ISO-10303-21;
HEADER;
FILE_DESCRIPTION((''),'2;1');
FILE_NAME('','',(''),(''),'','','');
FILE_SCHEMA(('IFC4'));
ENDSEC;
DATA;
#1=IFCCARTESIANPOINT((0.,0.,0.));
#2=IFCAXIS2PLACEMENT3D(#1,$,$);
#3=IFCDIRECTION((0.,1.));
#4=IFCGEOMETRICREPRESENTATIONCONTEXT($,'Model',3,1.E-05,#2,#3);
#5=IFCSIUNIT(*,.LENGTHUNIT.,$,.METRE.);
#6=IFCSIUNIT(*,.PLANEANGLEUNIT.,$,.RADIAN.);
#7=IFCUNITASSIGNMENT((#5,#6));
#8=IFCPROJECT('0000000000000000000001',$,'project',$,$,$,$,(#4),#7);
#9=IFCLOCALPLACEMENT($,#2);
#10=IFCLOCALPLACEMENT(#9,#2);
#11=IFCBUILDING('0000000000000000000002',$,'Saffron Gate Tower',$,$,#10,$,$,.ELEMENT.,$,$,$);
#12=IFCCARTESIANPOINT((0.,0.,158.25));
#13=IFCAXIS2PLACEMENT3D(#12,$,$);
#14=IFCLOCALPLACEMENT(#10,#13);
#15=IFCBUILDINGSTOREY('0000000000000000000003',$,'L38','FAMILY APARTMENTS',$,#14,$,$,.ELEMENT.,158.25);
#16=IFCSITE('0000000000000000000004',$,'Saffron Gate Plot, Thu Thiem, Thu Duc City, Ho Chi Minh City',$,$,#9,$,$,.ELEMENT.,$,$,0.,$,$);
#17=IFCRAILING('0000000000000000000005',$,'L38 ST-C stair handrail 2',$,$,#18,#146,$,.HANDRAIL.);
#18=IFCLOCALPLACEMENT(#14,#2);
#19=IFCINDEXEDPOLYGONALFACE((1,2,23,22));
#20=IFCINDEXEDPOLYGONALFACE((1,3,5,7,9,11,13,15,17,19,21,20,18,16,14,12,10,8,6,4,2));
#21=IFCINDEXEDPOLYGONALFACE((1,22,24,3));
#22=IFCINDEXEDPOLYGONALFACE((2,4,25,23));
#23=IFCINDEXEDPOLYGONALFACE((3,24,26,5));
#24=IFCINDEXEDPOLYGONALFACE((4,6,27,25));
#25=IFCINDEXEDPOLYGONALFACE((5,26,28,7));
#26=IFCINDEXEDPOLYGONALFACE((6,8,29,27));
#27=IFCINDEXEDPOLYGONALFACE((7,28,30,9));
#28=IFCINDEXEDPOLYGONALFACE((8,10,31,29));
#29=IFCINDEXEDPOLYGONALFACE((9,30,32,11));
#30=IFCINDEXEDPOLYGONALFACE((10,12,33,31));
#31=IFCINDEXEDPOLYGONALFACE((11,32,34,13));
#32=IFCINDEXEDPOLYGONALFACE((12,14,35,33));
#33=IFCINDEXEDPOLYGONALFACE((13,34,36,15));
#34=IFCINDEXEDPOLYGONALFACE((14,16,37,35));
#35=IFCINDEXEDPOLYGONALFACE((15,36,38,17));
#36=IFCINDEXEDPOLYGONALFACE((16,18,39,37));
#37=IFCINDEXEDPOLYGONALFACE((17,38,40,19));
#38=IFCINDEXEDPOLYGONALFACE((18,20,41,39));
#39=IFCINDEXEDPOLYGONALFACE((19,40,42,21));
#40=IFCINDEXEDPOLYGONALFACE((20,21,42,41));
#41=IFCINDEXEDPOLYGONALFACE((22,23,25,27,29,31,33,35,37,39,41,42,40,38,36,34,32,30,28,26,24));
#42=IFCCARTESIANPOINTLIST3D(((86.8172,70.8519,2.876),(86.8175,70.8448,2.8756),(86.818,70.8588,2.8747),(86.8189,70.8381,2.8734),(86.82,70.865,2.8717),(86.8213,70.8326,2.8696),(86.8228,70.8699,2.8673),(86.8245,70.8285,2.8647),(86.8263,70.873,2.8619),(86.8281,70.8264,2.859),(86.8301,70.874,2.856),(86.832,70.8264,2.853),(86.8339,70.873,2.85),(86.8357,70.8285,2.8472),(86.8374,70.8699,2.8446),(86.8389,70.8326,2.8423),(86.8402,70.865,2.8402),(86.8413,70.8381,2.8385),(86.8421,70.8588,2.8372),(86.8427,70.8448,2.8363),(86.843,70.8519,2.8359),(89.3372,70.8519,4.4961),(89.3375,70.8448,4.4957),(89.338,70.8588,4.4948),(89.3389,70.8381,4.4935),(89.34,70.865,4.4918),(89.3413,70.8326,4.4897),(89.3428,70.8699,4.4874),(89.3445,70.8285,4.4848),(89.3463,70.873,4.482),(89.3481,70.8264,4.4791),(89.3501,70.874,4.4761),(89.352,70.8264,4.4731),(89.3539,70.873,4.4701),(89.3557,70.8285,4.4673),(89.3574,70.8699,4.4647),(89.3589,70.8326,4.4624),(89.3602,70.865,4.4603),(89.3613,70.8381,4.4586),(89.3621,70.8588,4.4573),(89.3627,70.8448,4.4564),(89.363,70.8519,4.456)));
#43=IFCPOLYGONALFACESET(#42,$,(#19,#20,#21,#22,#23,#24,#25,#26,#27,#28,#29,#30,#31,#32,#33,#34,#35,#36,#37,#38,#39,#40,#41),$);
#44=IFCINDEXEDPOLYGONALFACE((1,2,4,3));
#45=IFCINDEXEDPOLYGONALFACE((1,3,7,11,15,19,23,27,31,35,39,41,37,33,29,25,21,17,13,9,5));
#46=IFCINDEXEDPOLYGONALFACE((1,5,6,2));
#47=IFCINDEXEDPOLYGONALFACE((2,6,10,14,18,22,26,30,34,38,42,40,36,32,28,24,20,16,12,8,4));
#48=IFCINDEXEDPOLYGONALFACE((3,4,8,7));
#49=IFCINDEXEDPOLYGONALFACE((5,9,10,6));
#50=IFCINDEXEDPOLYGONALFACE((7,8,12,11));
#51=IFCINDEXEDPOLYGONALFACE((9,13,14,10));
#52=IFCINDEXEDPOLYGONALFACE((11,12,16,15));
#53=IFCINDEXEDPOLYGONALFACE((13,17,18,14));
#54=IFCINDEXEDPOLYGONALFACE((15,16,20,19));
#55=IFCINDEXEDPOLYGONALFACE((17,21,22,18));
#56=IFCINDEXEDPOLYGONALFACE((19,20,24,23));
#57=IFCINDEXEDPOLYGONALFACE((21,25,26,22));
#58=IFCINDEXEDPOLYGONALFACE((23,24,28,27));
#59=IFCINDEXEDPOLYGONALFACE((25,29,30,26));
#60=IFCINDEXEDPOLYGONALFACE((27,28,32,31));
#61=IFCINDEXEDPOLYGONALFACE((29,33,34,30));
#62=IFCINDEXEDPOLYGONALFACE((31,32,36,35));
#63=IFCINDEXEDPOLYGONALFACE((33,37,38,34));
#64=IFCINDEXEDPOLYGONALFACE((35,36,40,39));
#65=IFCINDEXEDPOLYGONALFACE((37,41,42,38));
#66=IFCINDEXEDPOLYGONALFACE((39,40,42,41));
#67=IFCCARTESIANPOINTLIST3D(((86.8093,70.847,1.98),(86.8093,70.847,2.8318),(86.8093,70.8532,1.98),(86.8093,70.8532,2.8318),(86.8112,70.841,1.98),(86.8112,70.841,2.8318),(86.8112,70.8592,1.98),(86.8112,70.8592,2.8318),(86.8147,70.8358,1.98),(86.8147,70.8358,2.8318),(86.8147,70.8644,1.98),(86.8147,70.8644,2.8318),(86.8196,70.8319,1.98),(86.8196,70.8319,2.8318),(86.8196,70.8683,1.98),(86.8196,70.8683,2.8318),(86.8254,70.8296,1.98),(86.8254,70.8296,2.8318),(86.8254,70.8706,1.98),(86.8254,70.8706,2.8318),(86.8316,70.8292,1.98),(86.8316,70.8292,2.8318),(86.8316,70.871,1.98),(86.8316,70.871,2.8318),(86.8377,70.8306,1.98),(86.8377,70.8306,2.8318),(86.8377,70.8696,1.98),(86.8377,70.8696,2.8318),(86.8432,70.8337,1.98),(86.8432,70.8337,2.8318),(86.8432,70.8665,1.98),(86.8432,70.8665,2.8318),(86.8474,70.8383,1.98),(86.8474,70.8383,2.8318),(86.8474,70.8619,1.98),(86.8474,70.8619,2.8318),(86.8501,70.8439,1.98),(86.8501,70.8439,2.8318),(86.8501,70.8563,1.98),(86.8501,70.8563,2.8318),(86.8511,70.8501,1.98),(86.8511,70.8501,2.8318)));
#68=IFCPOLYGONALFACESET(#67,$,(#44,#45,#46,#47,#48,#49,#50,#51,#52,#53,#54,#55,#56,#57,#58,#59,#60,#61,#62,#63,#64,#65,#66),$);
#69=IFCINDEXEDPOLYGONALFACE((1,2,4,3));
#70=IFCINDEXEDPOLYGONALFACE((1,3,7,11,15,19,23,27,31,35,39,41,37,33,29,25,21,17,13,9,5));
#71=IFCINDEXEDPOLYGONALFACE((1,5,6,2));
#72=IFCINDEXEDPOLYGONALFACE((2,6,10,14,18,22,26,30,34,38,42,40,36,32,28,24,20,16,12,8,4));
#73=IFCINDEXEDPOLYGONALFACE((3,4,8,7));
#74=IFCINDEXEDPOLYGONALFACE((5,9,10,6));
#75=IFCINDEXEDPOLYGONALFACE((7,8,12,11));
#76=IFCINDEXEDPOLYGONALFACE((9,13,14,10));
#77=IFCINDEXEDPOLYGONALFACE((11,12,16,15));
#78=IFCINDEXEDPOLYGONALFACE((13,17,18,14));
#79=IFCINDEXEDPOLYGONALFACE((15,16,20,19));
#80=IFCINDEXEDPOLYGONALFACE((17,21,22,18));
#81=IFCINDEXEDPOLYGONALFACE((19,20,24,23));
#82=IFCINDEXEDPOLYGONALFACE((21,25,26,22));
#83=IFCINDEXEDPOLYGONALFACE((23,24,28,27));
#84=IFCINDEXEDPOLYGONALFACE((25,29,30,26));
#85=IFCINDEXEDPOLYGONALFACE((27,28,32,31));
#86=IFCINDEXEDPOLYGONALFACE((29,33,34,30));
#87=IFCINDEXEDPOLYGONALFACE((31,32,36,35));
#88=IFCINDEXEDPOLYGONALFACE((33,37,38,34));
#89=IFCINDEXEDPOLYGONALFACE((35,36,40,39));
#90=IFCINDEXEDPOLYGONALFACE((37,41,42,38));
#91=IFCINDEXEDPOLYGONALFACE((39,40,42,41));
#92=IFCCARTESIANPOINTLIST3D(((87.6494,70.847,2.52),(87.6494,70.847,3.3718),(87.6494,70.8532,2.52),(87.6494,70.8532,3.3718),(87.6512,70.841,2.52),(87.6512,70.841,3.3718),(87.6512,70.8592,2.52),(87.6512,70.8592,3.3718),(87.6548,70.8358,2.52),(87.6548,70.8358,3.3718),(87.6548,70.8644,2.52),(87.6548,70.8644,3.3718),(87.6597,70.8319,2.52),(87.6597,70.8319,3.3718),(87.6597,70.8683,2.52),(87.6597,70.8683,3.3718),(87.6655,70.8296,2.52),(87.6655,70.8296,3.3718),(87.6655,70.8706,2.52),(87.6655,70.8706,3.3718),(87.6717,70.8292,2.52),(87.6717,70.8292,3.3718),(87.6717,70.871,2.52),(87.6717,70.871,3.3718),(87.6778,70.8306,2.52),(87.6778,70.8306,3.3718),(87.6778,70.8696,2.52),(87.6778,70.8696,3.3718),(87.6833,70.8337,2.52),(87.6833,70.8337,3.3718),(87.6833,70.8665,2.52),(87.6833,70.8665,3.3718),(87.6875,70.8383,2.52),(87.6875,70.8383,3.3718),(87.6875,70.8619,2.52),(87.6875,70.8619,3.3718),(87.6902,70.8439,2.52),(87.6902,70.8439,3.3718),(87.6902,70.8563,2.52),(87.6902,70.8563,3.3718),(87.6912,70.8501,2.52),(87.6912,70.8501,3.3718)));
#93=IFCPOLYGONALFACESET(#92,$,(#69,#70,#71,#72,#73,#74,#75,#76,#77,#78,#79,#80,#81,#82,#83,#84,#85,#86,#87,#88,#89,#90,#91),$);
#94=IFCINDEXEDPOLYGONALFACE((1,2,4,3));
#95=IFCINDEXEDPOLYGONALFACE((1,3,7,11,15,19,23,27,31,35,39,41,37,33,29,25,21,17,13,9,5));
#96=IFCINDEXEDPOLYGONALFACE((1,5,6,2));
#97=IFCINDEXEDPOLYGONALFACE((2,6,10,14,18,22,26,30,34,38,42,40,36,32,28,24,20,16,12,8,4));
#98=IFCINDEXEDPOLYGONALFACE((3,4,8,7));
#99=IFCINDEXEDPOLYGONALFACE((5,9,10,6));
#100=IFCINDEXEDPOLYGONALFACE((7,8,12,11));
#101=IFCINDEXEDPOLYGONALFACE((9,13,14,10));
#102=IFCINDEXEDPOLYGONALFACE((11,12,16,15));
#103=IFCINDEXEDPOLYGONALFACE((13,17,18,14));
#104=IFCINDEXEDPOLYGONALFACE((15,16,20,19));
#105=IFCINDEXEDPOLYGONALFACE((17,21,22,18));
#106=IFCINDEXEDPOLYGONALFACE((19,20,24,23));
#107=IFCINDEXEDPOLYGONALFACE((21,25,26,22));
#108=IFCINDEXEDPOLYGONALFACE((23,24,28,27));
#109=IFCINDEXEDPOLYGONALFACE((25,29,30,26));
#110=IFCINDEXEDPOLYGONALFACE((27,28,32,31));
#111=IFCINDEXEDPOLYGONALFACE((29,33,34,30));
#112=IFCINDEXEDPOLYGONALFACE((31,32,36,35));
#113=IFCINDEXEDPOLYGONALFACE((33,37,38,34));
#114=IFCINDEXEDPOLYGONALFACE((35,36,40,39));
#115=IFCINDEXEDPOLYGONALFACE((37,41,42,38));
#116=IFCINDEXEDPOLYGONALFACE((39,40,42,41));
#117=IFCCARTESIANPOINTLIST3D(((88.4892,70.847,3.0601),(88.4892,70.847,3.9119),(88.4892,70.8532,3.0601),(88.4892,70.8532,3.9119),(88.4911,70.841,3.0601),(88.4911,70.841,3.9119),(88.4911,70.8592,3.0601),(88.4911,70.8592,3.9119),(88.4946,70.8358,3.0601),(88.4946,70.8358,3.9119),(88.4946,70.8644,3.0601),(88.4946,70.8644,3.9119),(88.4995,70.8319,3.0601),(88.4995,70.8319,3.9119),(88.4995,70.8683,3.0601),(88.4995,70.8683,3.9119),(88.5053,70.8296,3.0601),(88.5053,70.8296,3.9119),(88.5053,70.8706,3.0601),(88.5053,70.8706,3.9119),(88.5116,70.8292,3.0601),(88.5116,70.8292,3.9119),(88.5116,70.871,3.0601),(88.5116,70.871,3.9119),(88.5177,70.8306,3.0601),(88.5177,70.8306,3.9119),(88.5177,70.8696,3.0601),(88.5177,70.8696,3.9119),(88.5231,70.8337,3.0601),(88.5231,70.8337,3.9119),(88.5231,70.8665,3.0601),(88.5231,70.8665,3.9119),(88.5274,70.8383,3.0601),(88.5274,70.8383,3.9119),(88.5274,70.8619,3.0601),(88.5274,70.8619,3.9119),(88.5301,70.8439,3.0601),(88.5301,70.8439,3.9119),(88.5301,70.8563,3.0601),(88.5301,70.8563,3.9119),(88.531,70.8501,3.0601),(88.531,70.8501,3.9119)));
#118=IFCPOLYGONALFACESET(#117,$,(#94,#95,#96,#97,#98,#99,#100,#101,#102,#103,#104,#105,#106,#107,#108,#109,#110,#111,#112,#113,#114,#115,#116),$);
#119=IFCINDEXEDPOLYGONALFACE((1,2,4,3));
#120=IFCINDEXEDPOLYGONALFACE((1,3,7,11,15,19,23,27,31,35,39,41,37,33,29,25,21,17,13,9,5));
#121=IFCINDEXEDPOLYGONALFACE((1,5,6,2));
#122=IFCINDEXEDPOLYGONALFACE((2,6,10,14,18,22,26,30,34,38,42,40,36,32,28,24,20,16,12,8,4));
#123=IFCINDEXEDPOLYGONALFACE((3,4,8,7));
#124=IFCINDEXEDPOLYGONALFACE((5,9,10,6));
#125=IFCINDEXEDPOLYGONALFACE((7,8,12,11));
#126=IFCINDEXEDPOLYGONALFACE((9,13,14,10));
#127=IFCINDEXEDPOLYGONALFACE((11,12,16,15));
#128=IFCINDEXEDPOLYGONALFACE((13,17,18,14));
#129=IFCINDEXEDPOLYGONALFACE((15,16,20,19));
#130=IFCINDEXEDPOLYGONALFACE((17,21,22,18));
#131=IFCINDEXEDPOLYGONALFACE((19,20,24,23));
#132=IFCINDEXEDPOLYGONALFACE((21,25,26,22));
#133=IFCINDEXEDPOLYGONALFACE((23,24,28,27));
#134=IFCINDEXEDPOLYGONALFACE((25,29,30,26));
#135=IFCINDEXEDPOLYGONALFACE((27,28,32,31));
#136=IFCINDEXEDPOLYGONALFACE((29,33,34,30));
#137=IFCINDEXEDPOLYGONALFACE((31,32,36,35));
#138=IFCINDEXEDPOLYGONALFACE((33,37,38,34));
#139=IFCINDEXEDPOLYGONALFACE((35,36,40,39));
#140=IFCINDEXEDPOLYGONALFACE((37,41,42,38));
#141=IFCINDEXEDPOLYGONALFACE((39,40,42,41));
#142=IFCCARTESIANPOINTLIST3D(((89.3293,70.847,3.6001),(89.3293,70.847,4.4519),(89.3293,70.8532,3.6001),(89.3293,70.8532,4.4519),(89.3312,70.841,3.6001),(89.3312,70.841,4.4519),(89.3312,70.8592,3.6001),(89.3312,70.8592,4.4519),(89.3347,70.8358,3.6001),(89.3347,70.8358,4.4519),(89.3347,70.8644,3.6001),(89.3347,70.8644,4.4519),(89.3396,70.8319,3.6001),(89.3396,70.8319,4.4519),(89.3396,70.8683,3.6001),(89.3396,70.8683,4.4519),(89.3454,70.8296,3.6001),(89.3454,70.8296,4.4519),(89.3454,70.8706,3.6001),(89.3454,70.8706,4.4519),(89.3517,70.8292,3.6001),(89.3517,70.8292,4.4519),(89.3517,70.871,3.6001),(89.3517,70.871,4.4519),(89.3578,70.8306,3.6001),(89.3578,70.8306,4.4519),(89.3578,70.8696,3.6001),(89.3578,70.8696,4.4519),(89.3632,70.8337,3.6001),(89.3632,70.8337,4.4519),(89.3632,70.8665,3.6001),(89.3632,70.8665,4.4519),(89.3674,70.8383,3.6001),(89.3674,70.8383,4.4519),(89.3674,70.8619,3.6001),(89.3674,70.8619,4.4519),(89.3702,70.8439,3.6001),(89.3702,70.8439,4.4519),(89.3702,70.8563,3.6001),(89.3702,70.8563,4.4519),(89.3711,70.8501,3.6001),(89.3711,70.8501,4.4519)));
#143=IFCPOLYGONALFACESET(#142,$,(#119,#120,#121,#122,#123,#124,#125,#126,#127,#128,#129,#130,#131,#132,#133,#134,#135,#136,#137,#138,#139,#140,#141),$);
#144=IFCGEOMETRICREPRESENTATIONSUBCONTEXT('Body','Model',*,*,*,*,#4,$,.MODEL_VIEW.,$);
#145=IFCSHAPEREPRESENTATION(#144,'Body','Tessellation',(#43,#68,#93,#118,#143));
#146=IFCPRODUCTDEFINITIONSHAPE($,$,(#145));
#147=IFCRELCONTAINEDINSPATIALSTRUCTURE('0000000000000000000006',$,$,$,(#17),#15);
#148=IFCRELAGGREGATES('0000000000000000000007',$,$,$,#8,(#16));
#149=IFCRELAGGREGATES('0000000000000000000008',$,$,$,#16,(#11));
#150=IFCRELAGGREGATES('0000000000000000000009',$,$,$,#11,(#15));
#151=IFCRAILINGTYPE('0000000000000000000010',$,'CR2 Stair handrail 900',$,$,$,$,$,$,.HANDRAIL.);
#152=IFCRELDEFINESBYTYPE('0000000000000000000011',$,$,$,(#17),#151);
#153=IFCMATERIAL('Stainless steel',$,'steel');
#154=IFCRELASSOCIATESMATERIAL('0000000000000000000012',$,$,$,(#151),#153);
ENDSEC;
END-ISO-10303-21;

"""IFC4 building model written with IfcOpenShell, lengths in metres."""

from ifc_helpers import new_model, si_unit, direction, frame, origin, origin_2d, place, context, subcontext, project, spatial, circle, extrude, material, type_object, element, save


model = new_model("IFC4")

# Units and contexts
model_context = context("Model", 3, precision=1e-05, world=origin(), true_north=direction((0.0, 1.0)))
body_context = subcontext(model_context, "Body", "Model", "MODEL_VIEW")
ifc_project = project(units=[si_unit("LENGTHUNIT", "METRE"), si_unit("PLANEANGLEUNIT", "RADIAN")], contexts=[model_context])

# Site, building, storey
site_placement = place(None, origin())
site = spatial("IfcSite", under=ifc_project, at=site_placement, Name="Saffron Gate Plot, Thu Thiem, Thu Duc City, Ho Chi Minh City", CompositionType="ELEMENT", RefElevation=0.0)
building_placement = place(site_placement, origin())
building = spatial("IfcBuilding", under=site, at=building_placement, Name="Saffron Gate Tower", CompositionType="ELEMENT")
storey_placement = place(building_placement, frame((0.0, 0.0, 158.25)))
storey = spatial("IfcBuildingStorey", under=building, at=storey_placement, Name="L38", Description="FAMILY APARTMENTS", CompositionType="ELEMENT", Elevation=158.25)

# Railing
ifc_material_1 = material(Name="Stainless steel", Category="steel")
railing_type_1 = type_object("IfcRailingType", Name="CR2 Stair handrail 900", PredefinedType="HANDRAIL", material=ifc_material_1)
railing_1_placement = place(storey_placement, frame((86.8301, 70.8501, 1.98)))
element("IfcRailing", 1, at=railing_1_placement, inside=storey, type_object=railing_type_1, Name="L38 ST-C stair handrail 2", PredefinedType="HANDRAIL", context=body_context, shape_type="SweptSolid", body=[
    extrude(circle(Radius=0.0239, at=origin_2d()), frame((0.0, 0.0, 0.876), z_axis=(0.841163, 0.0, 0.540782), x_axis=(0.0, 1.0, 0.0)), (0.0, 0.0, 1.0), 2.9958),
    extrude(circle(Radius=0.021, at=origin_2d()), origin(), (0.0, 0.0, 1.0), 0.8518),
    extrude(circle(Radius=0.021, at=origin_2d()), frame((0.8401, 0.0, 0.54)), (0.0, 0.0, 1.0), 0.8518),
    extrude(circle(Radius=0.021, at=origin_2d()), frame((1.6799, 0.0, 1.0801)), (0.0, 0.0, 1.0), 0.8518),
    extrude(circle(Radius=0.021, at=origin_2d()), frame((2.52, 0.0, 1.6201)), (0.0, 0.0, 1.0), 0.8518),
])

save(model, "model.ifc")
